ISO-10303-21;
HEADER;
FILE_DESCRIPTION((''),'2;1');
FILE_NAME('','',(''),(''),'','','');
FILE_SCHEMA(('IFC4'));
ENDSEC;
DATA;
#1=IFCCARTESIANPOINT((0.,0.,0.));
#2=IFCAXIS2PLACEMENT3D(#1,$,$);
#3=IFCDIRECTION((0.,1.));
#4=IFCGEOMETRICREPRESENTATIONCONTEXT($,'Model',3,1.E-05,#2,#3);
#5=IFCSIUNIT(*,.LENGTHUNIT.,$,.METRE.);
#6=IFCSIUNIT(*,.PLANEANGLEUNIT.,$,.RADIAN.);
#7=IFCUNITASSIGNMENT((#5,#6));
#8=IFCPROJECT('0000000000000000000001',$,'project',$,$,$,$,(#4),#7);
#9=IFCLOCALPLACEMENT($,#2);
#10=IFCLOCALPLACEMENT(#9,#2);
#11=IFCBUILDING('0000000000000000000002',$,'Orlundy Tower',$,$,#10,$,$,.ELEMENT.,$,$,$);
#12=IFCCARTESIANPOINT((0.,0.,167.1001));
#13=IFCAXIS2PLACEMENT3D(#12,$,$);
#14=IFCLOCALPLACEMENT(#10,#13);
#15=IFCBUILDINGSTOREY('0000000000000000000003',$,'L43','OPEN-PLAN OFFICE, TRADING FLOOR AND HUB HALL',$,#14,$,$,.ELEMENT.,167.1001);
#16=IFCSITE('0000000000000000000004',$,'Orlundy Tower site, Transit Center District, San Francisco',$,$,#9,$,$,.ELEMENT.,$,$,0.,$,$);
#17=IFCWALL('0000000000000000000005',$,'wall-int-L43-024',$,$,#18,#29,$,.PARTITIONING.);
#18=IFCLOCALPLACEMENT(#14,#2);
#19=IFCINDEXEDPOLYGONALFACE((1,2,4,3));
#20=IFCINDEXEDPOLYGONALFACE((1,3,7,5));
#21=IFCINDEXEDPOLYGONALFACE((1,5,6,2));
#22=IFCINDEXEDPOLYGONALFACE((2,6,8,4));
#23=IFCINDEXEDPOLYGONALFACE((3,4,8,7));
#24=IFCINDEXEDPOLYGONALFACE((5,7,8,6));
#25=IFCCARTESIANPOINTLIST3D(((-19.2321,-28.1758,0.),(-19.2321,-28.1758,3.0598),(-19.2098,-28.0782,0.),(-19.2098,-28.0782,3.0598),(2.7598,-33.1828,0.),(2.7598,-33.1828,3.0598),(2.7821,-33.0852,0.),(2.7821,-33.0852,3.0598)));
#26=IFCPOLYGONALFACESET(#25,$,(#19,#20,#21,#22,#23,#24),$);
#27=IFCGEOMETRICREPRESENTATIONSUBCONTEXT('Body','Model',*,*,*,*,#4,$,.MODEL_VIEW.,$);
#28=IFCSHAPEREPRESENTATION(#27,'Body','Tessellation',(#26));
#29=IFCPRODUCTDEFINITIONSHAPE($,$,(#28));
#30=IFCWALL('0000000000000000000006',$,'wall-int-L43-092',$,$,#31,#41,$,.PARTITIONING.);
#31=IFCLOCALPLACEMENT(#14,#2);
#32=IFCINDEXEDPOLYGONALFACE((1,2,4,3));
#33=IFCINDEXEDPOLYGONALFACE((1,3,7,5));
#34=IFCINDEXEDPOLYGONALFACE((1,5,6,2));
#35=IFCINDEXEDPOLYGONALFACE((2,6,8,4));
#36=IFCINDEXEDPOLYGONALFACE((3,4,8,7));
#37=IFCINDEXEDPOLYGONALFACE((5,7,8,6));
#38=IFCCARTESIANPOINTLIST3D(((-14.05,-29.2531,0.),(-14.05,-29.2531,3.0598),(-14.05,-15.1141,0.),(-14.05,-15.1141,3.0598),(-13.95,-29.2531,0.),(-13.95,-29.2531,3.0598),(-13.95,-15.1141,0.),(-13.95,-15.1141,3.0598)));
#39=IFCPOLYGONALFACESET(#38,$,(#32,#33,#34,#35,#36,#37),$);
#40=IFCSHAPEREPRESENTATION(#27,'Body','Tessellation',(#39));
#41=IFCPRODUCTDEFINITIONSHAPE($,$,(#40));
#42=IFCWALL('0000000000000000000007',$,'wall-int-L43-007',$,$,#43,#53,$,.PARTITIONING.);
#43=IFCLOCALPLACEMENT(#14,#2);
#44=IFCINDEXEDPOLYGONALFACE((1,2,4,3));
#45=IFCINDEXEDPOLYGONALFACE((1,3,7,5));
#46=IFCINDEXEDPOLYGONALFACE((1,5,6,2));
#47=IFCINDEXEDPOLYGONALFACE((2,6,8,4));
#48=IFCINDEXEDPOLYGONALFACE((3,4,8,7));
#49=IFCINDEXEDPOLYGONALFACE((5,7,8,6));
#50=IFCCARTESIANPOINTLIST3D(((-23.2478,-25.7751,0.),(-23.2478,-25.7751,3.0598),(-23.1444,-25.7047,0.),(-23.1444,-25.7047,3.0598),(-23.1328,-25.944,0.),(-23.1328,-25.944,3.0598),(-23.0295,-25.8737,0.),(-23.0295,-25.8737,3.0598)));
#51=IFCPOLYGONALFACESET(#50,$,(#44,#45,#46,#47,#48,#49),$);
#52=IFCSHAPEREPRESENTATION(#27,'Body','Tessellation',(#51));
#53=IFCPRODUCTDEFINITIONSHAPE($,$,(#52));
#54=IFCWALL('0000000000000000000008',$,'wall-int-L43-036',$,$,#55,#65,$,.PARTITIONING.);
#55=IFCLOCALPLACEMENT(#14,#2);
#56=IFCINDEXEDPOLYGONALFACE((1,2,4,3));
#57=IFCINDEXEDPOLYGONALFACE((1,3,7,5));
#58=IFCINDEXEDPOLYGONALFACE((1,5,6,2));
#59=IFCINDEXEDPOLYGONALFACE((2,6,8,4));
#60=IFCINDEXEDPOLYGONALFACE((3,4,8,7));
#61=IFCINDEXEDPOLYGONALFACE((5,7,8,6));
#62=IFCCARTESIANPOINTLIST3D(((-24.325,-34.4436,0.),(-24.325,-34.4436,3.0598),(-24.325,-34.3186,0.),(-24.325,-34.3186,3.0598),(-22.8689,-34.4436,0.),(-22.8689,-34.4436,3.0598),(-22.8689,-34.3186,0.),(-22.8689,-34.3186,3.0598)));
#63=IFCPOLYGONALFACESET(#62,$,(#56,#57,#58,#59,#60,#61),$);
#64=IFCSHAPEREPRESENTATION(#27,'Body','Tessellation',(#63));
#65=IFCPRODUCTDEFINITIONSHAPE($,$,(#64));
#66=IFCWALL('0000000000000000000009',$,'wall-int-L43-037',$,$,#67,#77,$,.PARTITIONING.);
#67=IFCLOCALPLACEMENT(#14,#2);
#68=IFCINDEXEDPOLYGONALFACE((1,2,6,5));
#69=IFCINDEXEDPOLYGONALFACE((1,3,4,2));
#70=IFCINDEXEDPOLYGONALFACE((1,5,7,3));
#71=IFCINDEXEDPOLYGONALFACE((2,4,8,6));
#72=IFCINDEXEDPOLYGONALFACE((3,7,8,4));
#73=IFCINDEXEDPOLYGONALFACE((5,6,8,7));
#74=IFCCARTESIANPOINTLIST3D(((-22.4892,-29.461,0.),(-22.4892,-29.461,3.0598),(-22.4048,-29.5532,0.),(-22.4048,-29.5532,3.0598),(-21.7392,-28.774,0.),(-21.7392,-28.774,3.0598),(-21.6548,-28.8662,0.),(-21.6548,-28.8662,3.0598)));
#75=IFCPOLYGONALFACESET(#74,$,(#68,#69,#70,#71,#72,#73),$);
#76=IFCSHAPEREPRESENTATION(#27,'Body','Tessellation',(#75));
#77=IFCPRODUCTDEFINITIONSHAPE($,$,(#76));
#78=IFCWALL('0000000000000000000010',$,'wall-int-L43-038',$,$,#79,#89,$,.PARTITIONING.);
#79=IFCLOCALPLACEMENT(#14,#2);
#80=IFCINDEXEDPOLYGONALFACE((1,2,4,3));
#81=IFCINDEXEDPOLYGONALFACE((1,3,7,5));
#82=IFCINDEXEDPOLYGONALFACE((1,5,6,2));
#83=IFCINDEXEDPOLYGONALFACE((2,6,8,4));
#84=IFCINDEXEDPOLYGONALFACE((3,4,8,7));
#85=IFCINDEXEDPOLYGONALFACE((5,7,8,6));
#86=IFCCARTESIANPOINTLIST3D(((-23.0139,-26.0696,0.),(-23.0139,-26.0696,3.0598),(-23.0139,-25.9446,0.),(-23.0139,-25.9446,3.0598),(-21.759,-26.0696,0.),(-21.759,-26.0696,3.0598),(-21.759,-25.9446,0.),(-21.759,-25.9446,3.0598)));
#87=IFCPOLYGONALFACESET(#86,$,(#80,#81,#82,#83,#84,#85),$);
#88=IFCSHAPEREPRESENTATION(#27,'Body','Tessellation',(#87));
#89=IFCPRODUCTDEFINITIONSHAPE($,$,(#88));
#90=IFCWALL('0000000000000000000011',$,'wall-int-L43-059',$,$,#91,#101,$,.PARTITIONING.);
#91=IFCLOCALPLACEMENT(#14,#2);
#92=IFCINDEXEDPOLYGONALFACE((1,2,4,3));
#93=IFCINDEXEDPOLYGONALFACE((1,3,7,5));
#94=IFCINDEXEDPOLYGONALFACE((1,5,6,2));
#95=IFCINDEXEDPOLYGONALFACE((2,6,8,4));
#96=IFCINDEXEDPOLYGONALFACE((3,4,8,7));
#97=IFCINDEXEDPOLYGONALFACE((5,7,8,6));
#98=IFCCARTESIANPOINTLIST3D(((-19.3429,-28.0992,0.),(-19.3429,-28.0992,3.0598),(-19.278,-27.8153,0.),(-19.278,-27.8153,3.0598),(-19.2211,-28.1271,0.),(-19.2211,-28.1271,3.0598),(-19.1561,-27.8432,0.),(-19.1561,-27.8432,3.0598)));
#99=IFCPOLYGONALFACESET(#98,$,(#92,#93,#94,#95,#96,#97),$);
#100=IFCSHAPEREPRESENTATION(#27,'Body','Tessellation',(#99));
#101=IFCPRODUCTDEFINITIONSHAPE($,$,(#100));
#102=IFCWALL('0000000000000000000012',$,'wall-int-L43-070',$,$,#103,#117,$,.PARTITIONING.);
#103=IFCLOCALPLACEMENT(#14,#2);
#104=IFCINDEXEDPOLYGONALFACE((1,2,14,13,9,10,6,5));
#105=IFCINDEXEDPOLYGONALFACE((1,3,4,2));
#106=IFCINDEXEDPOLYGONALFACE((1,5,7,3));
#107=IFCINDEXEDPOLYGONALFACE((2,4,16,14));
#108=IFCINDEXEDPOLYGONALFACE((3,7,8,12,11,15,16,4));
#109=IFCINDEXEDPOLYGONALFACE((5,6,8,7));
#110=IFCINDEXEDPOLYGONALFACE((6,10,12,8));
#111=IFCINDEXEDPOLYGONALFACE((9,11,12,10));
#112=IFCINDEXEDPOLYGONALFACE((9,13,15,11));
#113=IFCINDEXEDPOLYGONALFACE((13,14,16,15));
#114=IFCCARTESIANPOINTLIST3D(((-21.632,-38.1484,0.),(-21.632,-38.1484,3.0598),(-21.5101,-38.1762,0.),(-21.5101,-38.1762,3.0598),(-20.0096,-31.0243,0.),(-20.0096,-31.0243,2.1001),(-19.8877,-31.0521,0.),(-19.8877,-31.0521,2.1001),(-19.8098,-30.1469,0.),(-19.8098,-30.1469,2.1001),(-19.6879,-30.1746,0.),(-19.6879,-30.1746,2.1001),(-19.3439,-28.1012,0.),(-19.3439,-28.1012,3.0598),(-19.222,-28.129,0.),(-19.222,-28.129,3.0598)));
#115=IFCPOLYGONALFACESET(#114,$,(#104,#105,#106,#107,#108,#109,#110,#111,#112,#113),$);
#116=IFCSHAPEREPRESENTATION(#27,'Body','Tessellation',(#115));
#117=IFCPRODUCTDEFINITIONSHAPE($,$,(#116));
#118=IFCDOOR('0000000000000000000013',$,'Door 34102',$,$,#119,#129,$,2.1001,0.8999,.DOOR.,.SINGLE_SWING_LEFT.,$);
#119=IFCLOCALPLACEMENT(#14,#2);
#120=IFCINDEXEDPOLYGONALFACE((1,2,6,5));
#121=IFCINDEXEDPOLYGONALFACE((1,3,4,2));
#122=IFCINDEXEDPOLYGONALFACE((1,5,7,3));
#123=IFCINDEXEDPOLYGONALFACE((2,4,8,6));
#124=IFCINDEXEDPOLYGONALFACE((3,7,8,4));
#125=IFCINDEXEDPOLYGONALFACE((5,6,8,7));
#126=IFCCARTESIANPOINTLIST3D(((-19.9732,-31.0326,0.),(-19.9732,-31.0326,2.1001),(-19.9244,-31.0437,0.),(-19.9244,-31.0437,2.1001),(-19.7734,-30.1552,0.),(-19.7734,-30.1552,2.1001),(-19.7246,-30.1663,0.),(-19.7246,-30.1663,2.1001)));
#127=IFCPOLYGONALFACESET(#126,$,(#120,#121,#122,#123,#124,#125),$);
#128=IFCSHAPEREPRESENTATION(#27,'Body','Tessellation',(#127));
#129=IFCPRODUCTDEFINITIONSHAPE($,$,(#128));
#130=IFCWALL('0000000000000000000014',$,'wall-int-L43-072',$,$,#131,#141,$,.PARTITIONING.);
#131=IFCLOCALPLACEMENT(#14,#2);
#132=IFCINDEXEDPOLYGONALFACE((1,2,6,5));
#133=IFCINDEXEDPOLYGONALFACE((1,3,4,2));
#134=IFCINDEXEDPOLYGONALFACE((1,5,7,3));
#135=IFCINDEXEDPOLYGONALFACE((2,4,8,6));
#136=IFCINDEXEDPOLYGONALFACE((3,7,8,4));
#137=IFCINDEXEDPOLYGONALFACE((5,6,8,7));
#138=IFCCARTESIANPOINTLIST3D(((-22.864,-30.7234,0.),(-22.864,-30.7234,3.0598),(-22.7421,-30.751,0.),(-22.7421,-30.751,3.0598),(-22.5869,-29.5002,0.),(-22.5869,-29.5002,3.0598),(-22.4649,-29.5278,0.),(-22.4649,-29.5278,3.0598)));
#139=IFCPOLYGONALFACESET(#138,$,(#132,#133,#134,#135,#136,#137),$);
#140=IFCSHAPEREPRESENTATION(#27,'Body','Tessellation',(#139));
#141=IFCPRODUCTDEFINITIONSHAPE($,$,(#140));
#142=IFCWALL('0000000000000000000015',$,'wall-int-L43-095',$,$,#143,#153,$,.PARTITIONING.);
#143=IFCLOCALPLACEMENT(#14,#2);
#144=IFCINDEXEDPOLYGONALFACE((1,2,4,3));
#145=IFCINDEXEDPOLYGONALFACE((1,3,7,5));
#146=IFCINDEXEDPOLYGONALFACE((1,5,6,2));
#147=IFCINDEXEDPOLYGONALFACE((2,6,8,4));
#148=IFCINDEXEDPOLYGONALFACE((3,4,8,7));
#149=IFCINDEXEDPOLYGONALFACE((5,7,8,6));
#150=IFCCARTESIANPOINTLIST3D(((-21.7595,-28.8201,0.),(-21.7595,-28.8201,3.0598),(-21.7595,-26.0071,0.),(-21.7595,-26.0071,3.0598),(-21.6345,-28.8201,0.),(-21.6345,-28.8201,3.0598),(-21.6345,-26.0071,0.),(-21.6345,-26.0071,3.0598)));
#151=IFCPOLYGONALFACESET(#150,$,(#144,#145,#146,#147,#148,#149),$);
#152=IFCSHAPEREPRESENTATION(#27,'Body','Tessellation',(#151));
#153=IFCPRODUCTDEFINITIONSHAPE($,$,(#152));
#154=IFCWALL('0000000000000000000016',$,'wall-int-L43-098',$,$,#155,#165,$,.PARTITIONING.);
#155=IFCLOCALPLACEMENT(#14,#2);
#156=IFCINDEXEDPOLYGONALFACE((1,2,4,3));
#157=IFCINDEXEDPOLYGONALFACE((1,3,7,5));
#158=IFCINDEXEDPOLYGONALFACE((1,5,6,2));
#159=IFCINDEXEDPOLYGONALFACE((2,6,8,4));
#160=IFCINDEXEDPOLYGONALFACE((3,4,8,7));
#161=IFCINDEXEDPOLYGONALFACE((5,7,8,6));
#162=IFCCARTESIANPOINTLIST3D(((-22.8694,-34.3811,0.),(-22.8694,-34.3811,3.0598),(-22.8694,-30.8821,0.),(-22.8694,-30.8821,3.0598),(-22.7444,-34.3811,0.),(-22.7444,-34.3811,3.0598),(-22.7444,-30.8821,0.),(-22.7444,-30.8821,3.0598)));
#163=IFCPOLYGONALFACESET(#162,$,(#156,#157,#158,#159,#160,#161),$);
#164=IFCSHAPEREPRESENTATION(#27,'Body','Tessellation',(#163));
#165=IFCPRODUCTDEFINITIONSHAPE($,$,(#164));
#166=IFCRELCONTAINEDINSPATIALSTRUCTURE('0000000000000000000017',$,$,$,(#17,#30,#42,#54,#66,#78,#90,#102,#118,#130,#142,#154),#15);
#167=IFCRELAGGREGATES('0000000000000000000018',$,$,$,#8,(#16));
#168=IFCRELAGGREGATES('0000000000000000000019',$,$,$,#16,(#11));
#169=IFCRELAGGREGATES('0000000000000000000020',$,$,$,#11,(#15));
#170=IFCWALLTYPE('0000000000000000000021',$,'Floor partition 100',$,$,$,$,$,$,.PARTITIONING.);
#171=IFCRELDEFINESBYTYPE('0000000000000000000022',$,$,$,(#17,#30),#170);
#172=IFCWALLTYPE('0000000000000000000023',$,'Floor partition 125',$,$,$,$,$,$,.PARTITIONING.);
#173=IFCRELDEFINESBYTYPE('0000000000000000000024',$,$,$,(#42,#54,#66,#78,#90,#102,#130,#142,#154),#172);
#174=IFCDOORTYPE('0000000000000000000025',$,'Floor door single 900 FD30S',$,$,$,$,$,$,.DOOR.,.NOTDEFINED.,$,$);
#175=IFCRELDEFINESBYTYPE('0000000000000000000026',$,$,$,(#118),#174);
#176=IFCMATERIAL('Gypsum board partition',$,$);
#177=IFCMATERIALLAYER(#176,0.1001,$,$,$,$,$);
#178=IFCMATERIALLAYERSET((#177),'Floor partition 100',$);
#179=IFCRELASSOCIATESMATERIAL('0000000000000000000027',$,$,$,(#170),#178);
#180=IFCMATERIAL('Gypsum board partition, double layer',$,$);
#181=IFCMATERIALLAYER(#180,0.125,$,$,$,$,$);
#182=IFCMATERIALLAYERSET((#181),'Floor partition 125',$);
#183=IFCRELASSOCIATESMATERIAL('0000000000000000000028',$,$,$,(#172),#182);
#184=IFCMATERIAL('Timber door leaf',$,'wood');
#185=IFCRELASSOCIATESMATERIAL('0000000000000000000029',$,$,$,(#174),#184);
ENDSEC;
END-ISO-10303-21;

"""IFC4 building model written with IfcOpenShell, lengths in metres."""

from ifc_helpers import new_model, si_unit, direction, frame, frame_2d, origin, place, context, subcontext, project, spatial, rectangle, extrude, material, layer, layer_set, type_object, element, fill, save


model = new_model("IFC4")

# Units and contexts
model_context = context("Model", 3, precision=1e-05, world=origin(), true_north=direction((0.0, 1.0)))
body_context = subcontext(model_context, "Body", "Model", "MODEL_VIEW")
ifc_project = project(units=[si_unit("LENGTHUNIT", "METRE"), si_unit("PLANEANGLEUNIT", "RADIAN")], contexts=[model_context])

# Site, building, storey
site_placement = place(None, origin())
site = spatial("IfcSite", under=ifc_project, at=site_placement, Name="Orlundy Tower site, Transit Center District, San Francisco", CompositionType="ELEMENT", RefElevation=0.0)
building_placement = place(site_placement, origin())
building = spatial("IfcBuilding", under=site, at=building_placement, Name="Orlundy Tower", CompositionType="ELEMENT")
storey_placement = place(building_placement, frame((0.0, 0.0, 167.1001)))
storey = spatial("IfcBuildingStorey", under=building, at=storey_placement, Name="L43", Description="OPEN-PLAN OFFICE, TRADING FLOOR AND HUB HALL", CompositionType="ELEMENT", Elevation=167.1001)

# Walls
ifc_material_1 = material(Name="Gypsum board partition")
ifc_layer_1 = layer(ifc_material_1, 0.1001)
ifc_layer_set_1 = layer_set([ifc_layer_1], Name="Floor partition 100")
wall_type_1 = type_object("IfcWallType", Name="Floor partition 100", PredefinedType="PARTITIONING", material=ifc_layer_set_1)
wall_1_placement = place(storey_placement, frame((-19.2209, -28.127, 0.0), z_axis=(0.0, 0.0, 1.0), x_axis=(0.975047, -0.221997, 0.0)))
element("IfcWall", 1, at=wall_1_placement, inside=storey, type_object=wall_type_1, Name="wall-int-L43-024", PredefinedType="PARTITIONING", context=body_context, shape_type="SweptSolid", body=[
    extrude(rectangle(XDim=22.5547, YDim=0.1001, at=frame_2d((11.2773, 0.0))), origin(), (0.0, 0.0, 1.0), 3.0598),
])
wall_2_placement = place(storey_placement, frame((-14.0, -29.2529, 0.0), z_axis=(0.0, 0.0, 1.0), x_axis=(0.0, 1.0, 0.0)))
element("IfcWall", 2, at=wall_2_placement, inside=storey, type_object=wall_type_1, Name="wall-int-L43-092", PredefinedType="PARTITIONING", context=body_context, shape_type="SweptSolid", body=[
    extrude(rectangle(XDim=14.1389, YDim=0.1001, at=frame_2d((7.0693, 0.0))), origin(), (0.0, 0.0, 1.0), 3.0598),
])
ifc_material_2 = material(Name="Gypsum board partition, double layer")
ifc_layer_2 = layer(ifc_material_2, 0.125)
ifc_layer_set_2 = layer_set([ifc_layer_2], Name="Floor partition 125")
wall_type_2 = type_object("IfcWallType", Name="Floor partition 125", PredefinedType="PARTITIONING", material=ifc_layer_set_2)
wall_3_placement = place(storey_placement, frame((-23.196, -25.74, 0.0), z_axis=(0.0, 0.0, 1.0), x_axis=(0.562669, -0.826682, 0.0)))
element("IfcWall", 3, at=wall_3_placement, inside=storey, type_object=wall_type_2, Name="wall-int-L43-007", PredefinedType="PARTITIONING", context=body_context, shape_type="SweptSolid", body=[
    extrude(rectangle(XDim=0.2043, YDim=0.125, at=frame_2d((0.1021, 0.0))), origin(), (0.0, 0.0, 1.0), 3.0598),
])
wall_4_placement = place(storey_placement, frame((-24.325, -34.3811, 0.0), z_axis=(0.0, 0.0, 1.0), x_axis=(1.0, 0.0, 0.0)))
element("IfcWall", 4, at=wall_4_placement, inside=storey, type_object=wall_type_2, Name="wall-int-L43-036", PredefinedType="PARTITIONING", context=body_context, shape_type="SweptSolid", body=[
    extrude(rectangle(XDim=1.4561, YDim=0.125, at=frame_2d((0.728, 0.0))), origin(), (0.0, 0.0, 1.0), 3.0598),
])
wall_5_placement = place(storey_placement, frame((-22.447, -29.5071, 0.0), z_axis=(0.0, 0.0, 1.0), x_axis=(0.737393, 0.675464, 0.0)))
element("IfcWall", 5, at=wall_5_placement, inside=storey, type_object=wall_type_2, Name="wall-int-L43-037", PredefinedType="PARTITIONING", context=body_context, shape_type="SweptSolid", body=[
    extrude(rectangle(XDim=1.0171, YDim=0.125, at=frame_2d((0.5085, 0.0))), origin(), (0.0, 0.0, 1.0), 3.0598),
])
wall_6_placement = place(storey_placement, frame((-23.0139, -26.0071, 0.0), z_axis=(0.0, 0.0, 1.0), x_axis=(1.0, 0.0, 0.0)))
element("IfcWall", 6, at=wall_6_placement, inside=storey, type_object=wall_type_2, Name="wall-int-L43-038", PredefinedType="PARTITIONING", context=body_context, shape_type="SweptSolid", body=[
    extrude(rectangle(XDim=1.2549, YDim=0.125, at=frame_2d((0.6274, 0.0))), origin(), (0.0, 0.0, 1.0), 3.0598),
])
wall_7_placement = place(storey_placement, frame((-19.282, -28.113, 0.0), z_axis=(0.0, 0.0, 1.0), x_axis=(0.222961, 0.974827, 0.0)))
element("IfcWall", 7, at=wall_7_placement, inside=storey, type_object=wall_type_2, Name="wall-int-L43-059", PredefinedType="PARTITIONING", context=body_context, shape_type="SweptSolid", body=[
    extrude(rectangle(XDim=0.2913, YDim=0.125, at=frame_2d((0.1455, 0.0))), origin(), (0.0, 0.0, 1.0), 3.0598),
])

# Wall, opening, door
wall_8_placement = place(storey_placement, frame((-19.283, -28.115, 0.0), z_axis=(0.0, 0.0, 1.0), x_axis=(-0.22205, -0.975035, 0.0)))
wall_8 = element("IfcWall", 8, at=wall_8_placement, inside=storey, type_object=wall_type_2, Name="wall-int-L43-070", PredefinedType="PARTITIONING", context=body_context, shape_type="SweptSolid", body=[
    extrude(rectangle(XDim=10.3044, YDim=0.125, at=frame_2d((5.1523, 0.0))), origin(), (0.0, 0.0, 1.0), 3.0598),
])
opening_placement = place(wall_8_placement, frame((2.0981, 0.0, 0.0)))
opening = element("IfcOpeningElement", 9, at=opening_placement, cuts=wall_8, PredefinedType="OPENING", context=body_context, shape_type="SweptSolid", body=[
    extrude(rectangle(XDim=0.8999, YDim=2.1001, at=frame_2d((0.45, 1.05))), frame((0.0, 0.0725, 0.0), z_axis=(0.0, -1.0, 0.0), x_axis=(1.0, 0.0, 0.0)), (0.0, 0.0, 1.0), 0.145),
])
ifc_material_3 = material(Name="Timber door leaf", Category="wood")
door_type = type_object("IfcDoorType", Name="Floor door single 900 FD30S", OperationType="NOTDEFINED", PredefinedType="DOOR", material=ifc_material_3)
door_placement = place(opening_placement, origin())
door = element("IfcDoor", 10, at=door_placement, inside=storey, type_object=door_type, Name="Door 34102", OperationType="SINGLE_SWING_LEFT", OverallHeight=2.1001, OverallWidth=0.8999, PredefinedType="DOOR", context=body_context, shape_type="SweptSolid", body=[
    extrude(rectangle(XDim=0.8999, YDim=2.1001, at=frame_2d((0.45, 1.05))), frame((0.0, 0.0249, 0.0), z_axis=(0.0, -1.0, 0.0), x_axis=(1.0, 0.0, 0.0)), (0.0, 0.0, 1.0), 0.05),
])
fill(opening, door)

# Walls
wall_9_placement = place(storey_placement, frame((-22.803, -30.7371, 0.0), z_axis=(0.0, 0.0, 1.0), x_axis=(0.220948, 0.975286, 0.0)))
element("IfcWall", 11, at=wall_9_placement, inside=storey, type_object=wall_type_2, Name="wall-int-L43-072", PredefinedType="PARTITIONING", context=body_context, shape_type="SweptSolid", body=[
    extrude(rectangle(XDim=1.2542, YDim=0.125, at=frame_2d((0.627, 0.0))), origin(), (0.0, 0.0, 1.0), 3.0598),
])
wall_10_placement = place(storey_placement, frame((-21.697, -28.8201, 0.0), z_axis=(0.0, 0.0, 1.0), x_axis=(0.0, 1.0, 0.0)))
element("IfcWall", 12, at=wall_10_placement, inside=storey, type_object=wall_type_2, Name="wall-int-L43-095", PredefinedType="PARTITIONING", context=body_context, shape_type="SweptSolid", body=[
    extrude(rectangle(XDim=2.813, YDim=0.125, at=frame_2d((1.4065, 0.0))), origin(), (0.0, 0.0, 1.0), 3.0598),
])
wall_11_placement = place(storey_placement, frame((-22.8069, -34.3811, 0.0), z_axis=(0.0, 0.0, 1.0), x_axis=(0.0, 1.0, 0.0)))
element("IfcWall", 13, at=wall_11_placement, inside=storey, type_object=wall_type_2, Name="wall-int-L43-098", PredefinedType="PARTITIONING", context=body_context, shape_type="SweptSolid", body=[
    extrude(rectangle(XDim=3.499, YDim=0.125, at=frame_2d((1.7495, 0.0))), origin(), (0.0, 0.0, 1.0), 3.0598),
])

save(model, "model.ifc")
